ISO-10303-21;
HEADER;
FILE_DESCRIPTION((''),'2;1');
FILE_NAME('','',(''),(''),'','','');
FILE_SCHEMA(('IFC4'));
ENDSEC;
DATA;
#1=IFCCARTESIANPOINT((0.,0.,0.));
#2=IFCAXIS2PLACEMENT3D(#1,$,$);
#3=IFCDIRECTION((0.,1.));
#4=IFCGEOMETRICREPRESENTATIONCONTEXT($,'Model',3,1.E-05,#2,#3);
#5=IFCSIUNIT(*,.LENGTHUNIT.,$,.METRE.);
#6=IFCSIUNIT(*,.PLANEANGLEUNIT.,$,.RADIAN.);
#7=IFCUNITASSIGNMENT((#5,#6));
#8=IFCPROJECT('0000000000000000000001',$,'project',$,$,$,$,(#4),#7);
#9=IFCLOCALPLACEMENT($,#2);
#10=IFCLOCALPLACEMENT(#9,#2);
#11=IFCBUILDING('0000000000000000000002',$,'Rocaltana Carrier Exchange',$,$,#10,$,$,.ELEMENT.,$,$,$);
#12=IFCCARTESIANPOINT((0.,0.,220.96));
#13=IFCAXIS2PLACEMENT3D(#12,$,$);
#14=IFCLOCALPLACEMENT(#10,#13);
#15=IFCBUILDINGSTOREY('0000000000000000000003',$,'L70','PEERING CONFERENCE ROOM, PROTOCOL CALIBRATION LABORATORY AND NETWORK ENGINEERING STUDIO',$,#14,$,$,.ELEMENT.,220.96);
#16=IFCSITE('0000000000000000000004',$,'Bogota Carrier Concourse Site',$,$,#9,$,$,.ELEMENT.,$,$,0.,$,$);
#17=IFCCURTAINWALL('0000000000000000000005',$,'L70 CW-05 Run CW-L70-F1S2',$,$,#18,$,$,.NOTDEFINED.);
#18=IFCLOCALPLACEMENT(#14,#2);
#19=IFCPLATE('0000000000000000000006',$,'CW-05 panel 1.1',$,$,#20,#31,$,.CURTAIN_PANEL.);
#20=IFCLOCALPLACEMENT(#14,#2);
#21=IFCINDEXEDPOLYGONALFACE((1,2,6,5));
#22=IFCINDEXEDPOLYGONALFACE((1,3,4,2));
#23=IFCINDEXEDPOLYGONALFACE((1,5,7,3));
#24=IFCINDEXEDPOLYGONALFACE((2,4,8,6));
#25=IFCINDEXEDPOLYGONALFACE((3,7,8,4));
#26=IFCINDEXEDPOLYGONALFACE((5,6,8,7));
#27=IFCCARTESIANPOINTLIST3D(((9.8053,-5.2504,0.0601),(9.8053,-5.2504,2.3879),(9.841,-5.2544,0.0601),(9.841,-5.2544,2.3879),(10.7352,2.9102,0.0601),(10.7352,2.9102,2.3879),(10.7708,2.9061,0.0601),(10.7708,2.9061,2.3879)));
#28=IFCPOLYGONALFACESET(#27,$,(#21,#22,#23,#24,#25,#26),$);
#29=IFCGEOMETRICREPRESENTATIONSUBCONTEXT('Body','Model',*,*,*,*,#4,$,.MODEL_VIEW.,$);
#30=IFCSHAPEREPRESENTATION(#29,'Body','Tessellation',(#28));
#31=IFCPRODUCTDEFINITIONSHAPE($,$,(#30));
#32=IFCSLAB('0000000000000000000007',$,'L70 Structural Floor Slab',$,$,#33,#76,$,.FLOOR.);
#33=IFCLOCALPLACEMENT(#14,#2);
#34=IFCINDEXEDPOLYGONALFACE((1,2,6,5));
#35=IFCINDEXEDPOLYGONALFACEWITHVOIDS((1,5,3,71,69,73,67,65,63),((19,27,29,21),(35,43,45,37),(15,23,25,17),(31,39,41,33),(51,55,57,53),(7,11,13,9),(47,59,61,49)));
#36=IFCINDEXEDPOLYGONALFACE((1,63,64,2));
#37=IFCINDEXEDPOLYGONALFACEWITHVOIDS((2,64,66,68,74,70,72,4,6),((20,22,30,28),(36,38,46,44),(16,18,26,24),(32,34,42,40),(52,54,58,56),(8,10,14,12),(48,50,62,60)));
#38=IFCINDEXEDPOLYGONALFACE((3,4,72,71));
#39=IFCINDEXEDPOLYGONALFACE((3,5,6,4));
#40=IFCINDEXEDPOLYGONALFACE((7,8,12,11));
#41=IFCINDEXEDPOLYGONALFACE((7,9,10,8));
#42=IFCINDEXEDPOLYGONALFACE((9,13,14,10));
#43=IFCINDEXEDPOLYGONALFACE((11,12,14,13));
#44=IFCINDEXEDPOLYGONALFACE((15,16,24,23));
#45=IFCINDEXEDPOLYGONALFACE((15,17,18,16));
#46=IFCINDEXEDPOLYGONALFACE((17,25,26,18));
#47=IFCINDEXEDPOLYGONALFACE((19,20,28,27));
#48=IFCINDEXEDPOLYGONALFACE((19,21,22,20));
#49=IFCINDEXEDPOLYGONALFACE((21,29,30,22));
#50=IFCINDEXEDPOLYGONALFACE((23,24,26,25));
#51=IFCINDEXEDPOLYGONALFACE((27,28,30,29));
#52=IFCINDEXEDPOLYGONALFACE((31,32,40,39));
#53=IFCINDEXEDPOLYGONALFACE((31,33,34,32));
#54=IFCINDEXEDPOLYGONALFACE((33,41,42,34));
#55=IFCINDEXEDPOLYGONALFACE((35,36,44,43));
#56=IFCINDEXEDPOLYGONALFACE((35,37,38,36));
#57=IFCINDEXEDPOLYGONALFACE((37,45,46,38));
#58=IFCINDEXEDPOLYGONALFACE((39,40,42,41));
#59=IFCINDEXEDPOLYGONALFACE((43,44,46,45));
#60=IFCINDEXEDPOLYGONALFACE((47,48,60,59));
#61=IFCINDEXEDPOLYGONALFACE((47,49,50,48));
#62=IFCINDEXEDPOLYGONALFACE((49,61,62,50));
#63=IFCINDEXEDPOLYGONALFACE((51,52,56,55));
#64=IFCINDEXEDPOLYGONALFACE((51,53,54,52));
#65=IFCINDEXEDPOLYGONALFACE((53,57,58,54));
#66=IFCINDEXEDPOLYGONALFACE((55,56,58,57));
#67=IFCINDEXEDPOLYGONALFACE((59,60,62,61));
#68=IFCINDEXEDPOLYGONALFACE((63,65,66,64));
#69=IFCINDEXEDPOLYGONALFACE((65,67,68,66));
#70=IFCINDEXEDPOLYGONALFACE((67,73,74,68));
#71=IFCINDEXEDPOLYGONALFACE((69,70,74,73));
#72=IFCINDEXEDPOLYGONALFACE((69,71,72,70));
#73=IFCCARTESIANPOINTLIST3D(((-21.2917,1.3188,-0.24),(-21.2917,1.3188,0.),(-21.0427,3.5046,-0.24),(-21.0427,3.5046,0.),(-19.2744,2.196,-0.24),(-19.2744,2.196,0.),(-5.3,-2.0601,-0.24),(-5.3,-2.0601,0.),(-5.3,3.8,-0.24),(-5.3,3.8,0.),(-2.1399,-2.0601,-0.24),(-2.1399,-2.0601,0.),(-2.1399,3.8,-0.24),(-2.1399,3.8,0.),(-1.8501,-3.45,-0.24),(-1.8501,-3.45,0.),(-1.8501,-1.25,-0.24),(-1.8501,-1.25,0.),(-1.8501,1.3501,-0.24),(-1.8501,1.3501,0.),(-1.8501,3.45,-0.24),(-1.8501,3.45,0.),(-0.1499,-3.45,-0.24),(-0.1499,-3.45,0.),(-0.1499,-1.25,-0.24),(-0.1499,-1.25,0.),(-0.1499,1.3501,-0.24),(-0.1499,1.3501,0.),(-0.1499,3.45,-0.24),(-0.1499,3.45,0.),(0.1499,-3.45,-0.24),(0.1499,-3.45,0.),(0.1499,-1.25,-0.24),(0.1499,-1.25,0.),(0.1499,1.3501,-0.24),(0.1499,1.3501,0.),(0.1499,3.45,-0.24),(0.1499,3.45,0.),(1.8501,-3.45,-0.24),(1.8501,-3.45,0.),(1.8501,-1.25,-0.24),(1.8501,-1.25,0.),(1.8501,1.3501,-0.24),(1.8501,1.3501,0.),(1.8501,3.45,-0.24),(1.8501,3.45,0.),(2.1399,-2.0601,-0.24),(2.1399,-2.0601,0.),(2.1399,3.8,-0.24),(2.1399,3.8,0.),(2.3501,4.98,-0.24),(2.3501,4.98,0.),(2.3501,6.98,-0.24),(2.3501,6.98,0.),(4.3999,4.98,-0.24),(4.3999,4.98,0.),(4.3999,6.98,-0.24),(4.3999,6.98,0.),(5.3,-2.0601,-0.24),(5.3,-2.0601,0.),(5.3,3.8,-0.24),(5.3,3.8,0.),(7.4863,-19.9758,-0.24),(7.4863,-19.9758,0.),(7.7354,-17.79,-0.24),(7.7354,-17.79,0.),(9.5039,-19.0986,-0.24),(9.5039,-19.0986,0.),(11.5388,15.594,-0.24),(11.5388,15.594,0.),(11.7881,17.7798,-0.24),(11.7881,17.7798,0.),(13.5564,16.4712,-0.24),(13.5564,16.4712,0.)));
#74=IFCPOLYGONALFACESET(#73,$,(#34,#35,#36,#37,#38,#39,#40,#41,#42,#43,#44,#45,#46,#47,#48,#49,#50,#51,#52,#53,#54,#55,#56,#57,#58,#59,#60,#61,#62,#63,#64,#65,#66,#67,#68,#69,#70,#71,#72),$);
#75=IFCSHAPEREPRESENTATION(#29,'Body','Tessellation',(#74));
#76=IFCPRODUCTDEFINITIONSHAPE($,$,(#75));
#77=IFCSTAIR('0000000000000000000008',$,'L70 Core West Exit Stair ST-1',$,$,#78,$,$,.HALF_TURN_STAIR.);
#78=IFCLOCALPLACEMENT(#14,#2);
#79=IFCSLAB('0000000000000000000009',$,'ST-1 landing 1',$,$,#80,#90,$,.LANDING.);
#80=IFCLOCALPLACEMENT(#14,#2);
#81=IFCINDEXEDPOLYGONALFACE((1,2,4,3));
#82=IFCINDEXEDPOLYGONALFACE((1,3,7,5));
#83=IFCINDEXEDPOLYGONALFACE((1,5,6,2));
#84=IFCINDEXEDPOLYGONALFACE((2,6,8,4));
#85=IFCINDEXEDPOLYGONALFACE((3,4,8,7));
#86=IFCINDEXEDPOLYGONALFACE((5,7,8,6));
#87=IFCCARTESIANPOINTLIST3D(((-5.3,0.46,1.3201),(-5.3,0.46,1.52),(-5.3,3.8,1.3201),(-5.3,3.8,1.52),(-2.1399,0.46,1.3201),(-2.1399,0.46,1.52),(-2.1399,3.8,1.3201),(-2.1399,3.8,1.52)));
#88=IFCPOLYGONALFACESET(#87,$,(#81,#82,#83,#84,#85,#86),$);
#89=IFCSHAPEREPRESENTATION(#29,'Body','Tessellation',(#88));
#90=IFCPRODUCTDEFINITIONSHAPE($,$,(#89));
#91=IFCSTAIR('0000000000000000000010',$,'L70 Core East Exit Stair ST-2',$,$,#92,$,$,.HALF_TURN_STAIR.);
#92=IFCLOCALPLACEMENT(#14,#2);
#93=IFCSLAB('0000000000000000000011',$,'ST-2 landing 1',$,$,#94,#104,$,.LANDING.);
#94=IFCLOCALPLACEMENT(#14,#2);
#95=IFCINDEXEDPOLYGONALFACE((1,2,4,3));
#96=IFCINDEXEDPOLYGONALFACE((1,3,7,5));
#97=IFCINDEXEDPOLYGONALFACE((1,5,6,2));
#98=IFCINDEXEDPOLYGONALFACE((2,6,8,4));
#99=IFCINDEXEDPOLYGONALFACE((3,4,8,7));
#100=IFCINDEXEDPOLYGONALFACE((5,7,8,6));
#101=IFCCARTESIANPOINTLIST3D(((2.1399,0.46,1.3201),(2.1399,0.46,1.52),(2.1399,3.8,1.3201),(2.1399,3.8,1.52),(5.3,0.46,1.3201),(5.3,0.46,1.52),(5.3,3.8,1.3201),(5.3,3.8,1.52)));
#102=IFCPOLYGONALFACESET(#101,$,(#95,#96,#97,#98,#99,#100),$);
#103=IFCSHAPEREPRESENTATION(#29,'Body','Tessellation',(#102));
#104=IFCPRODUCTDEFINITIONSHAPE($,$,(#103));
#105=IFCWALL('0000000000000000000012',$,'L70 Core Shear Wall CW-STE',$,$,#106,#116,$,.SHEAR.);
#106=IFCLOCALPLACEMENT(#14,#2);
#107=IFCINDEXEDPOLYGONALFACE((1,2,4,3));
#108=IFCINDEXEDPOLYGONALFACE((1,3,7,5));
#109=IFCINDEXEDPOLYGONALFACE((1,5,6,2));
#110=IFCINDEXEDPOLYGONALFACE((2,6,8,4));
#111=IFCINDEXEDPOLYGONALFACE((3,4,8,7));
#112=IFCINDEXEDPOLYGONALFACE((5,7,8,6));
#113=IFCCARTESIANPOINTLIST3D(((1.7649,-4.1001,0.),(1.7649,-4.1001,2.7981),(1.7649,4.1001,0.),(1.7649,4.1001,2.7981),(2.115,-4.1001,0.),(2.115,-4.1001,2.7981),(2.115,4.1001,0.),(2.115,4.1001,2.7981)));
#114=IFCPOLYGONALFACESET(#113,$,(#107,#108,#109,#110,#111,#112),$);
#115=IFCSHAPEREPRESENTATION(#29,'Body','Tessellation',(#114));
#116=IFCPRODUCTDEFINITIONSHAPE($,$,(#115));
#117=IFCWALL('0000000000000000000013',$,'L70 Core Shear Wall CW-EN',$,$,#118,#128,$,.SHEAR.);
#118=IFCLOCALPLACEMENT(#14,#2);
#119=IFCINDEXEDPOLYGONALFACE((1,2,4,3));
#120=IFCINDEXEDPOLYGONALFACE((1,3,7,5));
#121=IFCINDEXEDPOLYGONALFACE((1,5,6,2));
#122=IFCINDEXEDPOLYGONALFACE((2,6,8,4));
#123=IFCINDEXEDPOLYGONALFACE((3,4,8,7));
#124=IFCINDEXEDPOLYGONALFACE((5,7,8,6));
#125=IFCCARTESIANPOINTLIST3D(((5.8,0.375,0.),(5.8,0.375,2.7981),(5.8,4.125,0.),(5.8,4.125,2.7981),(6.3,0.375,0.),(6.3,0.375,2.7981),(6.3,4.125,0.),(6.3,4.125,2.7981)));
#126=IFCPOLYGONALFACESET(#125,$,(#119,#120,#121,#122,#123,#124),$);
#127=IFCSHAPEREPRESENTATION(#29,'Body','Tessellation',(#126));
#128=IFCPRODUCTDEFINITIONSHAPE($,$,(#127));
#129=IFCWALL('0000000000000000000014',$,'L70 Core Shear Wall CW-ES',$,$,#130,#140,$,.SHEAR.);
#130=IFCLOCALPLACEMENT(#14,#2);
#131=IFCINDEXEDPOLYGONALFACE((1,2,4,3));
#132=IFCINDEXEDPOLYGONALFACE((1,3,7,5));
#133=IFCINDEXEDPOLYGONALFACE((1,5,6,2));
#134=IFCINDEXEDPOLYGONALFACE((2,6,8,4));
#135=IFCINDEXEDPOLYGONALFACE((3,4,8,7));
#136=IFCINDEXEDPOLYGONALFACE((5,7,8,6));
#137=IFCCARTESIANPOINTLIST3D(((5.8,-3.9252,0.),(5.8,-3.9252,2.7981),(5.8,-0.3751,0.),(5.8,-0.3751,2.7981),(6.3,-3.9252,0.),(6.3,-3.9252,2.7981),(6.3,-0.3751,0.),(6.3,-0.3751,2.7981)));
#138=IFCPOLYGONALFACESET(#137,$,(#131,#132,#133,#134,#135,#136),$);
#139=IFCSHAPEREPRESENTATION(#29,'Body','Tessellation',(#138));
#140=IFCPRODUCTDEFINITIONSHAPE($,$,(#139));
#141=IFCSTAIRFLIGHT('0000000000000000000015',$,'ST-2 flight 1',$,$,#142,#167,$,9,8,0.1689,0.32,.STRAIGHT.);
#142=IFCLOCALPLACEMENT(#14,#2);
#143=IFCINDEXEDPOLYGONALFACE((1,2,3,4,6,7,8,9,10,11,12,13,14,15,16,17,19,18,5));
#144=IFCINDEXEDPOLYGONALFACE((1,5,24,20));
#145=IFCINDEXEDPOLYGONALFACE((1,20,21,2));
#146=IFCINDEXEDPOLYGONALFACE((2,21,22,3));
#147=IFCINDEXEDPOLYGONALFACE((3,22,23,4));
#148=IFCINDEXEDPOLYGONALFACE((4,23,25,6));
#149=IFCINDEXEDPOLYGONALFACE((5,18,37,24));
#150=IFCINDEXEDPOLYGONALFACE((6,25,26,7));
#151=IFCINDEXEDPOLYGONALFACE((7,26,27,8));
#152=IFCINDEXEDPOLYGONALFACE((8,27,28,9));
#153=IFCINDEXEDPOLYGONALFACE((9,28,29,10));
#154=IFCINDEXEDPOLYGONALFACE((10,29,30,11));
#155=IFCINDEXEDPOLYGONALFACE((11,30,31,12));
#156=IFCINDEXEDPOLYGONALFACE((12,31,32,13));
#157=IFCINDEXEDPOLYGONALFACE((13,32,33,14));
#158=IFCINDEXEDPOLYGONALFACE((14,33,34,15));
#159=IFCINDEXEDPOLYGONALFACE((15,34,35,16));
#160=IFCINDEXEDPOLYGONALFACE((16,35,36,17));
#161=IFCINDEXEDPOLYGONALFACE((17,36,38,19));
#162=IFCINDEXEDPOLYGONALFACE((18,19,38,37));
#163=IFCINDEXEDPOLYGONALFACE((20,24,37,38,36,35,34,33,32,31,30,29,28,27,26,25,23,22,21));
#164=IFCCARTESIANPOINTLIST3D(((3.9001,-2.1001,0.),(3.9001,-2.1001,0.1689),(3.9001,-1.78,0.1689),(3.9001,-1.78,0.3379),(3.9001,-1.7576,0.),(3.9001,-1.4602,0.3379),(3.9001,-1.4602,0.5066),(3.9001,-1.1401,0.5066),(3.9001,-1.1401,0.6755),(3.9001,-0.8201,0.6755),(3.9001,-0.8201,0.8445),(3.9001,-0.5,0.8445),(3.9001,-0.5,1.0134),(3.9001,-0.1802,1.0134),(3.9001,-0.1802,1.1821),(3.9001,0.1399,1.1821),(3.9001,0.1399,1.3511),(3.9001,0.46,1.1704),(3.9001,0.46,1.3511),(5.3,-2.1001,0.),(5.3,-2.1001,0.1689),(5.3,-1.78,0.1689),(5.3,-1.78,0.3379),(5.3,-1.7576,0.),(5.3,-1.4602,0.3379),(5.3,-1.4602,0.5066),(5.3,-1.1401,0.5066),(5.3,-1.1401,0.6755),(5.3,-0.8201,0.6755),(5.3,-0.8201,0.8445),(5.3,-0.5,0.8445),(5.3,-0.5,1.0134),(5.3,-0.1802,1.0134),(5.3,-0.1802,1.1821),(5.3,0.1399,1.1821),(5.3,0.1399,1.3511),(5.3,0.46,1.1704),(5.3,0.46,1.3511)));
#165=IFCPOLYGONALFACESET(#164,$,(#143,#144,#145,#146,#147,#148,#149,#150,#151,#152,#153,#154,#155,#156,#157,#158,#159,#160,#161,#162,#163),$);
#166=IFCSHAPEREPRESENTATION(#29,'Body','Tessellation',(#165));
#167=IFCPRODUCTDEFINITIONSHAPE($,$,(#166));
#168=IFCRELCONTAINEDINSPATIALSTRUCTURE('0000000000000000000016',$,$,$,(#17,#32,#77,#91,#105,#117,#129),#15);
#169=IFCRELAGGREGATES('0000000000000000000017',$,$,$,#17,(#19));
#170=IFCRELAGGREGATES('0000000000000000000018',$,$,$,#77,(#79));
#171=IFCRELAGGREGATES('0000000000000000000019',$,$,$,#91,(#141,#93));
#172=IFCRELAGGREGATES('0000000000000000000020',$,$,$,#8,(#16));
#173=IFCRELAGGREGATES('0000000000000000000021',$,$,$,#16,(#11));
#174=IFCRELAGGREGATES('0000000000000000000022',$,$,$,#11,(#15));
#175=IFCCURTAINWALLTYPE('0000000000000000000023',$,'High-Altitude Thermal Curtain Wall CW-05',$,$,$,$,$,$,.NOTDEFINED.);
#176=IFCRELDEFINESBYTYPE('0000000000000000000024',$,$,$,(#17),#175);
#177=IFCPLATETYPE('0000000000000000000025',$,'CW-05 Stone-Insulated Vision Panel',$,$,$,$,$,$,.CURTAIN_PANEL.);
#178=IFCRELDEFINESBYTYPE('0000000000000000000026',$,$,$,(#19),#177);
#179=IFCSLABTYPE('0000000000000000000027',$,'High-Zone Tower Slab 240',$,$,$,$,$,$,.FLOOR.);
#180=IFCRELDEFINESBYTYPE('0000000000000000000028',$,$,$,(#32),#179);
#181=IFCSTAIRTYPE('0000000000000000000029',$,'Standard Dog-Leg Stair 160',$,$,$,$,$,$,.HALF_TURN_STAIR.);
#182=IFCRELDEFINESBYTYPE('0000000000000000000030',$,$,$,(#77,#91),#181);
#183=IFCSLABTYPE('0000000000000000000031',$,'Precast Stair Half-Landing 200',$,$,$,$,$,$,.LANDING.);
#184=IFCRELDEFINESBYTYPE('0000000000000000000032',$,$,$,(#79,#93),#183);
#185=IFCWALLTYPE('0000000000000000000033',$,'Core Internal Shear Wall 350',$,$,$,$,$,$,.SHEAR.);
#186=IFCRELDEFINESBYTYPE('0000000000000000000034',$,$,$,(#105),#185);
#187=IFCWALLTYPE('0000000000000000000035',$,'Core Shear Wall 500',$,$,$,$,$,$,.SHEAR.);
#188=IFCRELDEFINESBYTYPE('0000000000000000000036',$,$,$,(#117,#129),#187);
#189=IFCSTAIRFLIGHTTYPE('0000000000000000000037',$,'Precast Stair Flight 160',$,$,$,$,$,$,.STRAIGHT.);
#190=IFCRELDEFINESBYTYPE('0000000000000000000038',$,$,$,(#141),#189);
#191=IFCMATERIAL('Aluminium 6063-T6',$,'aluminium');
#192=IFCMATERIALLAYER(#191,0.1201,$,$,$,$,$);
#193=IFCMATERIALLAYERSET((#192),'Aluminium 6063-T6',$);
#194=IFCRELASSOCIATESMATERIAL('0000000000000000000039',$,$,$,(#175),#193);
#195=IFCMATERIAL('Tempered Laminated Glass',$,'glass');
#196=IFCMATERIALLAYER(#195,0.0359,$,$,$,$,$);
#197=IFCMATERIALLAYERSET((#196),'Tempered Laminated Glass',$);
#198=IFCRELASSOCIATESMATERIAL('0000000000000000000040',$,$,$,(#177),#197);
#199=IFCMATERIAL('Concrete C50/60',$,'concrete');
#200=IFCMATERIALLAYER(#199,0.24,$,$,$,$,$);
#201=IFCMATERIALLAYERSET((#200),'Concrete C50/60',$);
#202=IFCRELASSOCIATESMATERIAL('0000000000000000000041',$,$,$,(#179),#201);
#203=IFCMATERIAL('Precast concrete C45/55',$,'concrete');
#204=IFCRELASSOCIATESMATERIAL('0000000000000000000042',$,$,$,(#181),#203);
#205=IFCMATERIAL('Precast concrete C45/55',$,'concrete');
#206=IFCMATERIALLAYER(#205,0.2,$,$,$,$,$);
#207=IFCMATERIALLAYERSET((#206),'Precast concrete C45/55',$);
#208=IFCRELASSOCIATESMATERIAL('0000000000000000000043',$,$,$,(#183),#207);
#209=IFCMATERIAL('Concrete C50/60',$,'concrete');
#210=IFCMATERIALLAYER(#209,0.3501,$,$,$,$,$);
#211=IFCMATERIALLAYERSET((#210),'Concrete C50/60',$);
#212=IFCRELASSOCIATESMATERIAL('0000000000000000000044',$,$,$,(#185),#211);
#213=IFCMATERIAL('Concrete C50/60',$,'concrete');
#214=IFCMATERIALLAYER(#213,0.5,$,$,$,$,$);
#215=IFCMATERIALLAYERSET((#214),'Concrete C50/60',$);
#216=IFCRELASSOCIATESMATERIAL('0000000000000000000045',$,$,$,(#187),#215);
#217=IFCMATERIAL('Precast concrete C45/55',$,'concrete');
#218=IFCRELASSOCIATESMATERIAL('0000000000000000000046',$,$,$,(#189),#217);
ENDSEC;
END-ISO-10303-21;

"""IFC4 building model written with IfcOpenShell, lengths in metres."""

from ifc_helpers import new_model, si_unit, direction, frame, frame_2d, origin, origin_2d, place, context, subcontext, project, spatial, polyline, rectangle, outline, extrude, material, layer, layer_set, type_object, element, aggregate, save


model = new_model("IFC4")

# Units and contexts
model_context = context("Model", 3, precision=1e-05, world=origin(), true_north=direction((0.0, 1.0)))
body_context = subcontext(model_context, "Body", "Model", "MODEL_VIEW")
ifc_project = project(units=[si_unit("LENGTHUNIT", "METRE"), si_unit("PLANEANGLEUNIT", "RADIAN")], contexts=[model_context])

# Site, building, storey
site_placement = place(None, origin())
site = spatial("IfcSite", under=ifc_project, at=site_placement, Name="Bogota Carrier Concourse Site", CompositionType="ELEMENT", RefElevation=0.0)
building_placement = place(site_placement, origin())
building = spatial("IfcBuilding", under=site, at=building_placement, Name="Rocaltana Carrier Exchange", CompositionType="ELEMENT")
storey_placement = place(building_placement, frame((0.0, 0.0, 220.96)))
storey = spatial("IfcBuildingStorey", under=building, at=storey_placement, Name="L70", Description="PEERING CONFERENCE ROOM, PROTOCOL CALIBRATION LABORATORY AND NETWORK ENGINEERING STUDIO", CompositionType="ELEMENT", Elevation=220.96)

# Curtain wall
ifc_material_1 = material(Name="Aluminium 6063-T6", Category="aluminium")
ifc_layer_1 = layer(ifc_material_1, 0.1201)
ifc_layer_set_1 = layer_set([ifc_layer_1], Name="Aluminium 6063-T6")
curtain_wall_type = type_object("IfcCurtainWallType", Name="High-Altitude Thermal Curtain Wall CW-05", PredefinedType="NOTDEFINED", material=ifc_layer_set_1)
curtain_wall_placement = place(storey_placement, origin())
curtain_wall = element("IfcCurtainWall", 1, at=curtain_wall_placement, inside=storey, type_object=curtain_wall_type, Name="L70 CW-05 Run CW-L70-F1S2", PredefinedType="NOTDEFINED")

# Plate
ifc_material_2 = material(Name="Tempered Laminated Glass", Category="glass")
ifc_layer_2 = layer(ifc_material_2, 0.0359)
ifc_layer_set_2 = layer_set([ifc_layer_2], Name="Tempered Laminated Glass")
plate_type = type_object("IfcPlateType", Name="CW-05 Stone-Insulated Vision Panel", PredefinedType="CURTAIN_PANEL", material=ifc_layer_set_2)
plate_placement = place(storey_placement, frame((10.2881, -1.1721, 0.0601), z_axis=(0.0, 0.0, 1.0), x_axis=(0.113209, 0.993571, 0.0)))
plate = element("IfcPlate", 2, at=plate_placement, type_object=plate_type, Name="CW-05 panel 1.1", PredefinedType="CURTAIN_PANEL", context=body_context, shape_type="SweptSolid", body=[
    extrude(rectangle(XDim=8.2134, YDim=0.0359, at=origin_2d()), origin(), (0.0, 0.0, 1.0), 2.3279),
])
aggregate(curtain_wall, [plate])

# Slab
ifc_material_3 = material(Name="Concrete C50/60", Category="concrete")
ifc_layer_3 = layer(ifc_material_3, 0.24)
ifc_layer_set_3 = layer_set([ifc_layer_3], Name="Concrete C50/60")
slab_type_1 = type_object("IfcSlabType", Name="High-Zone Tower Slab 240", PredefinedType="FLOOR", material=ifc_layer_set_3)
slab_1_placement = place(storey_placement, frame((0.0, 0.0, -0.24)))
element("IfcSlab", 3, at=slab_1_placement, inside=storey, type_object=slab_type_1, Name="L70 Structural Floor Slab", PredefinedType="FLOOR", context=body_context, shape_type="SweptSolid", body=[
    extrude(outline(polyline([(7.4863, -19.9758), (7.7354, -17.79), (9.5039, -19.0986), (13.5564, 16.4712), (11.5388, 15.594), (11.7881, 17.7798), (-21.0427, 3.5046), (-19.2744, 2.196), (-21.2917, 1.3188), (7.4863, -19.9758)]), holes=[polyline([(-5.3, -2.0601), (-2.1399, -2.0601), (-2.1399, 3.8), (-5.3, 3.8), (-5.3, -2.0601)]), polyline([(2.1399, -2.0601), (5.3, -2.0601), (5.3, 3.8), (2.1399, 3.8), (2.1399, -2.0601)]), polyline([(-1.8501, -3.45), (-0.1499, -3.45), (-0.1499, -1.25), (-1.8501, -1.25), (-1.8501, -3.45)]), polyline([(0.1499, -3.45), (1.8501, -3.45), (1.8501, -1.25), (0.1499, -1.25), (0.1499, -3.45)]), polyline([(2.3501, 4.98), (4.3999, 4.98), (4.3999, 6.98), (2.3501, 6.98), (2.3501, 4.98)]), polyline([(-1.8501, 1.3501), (-0.1499, 1.3501), (-0.1499, 3.45), (-1.8501, 3.45), (-1.8501, 1.3501)]), polyline([(0.1499, 1.3501), (1.8501, 1.3501), (1.8501, 3.45), (0.1499, 3.45), (0.1499, 1.3501)])]), origin(), (0.0, 0.0, 1.0), 0.24),
])

# Stairs, slabs
ifc_material_4 = material(Name="Precast concrete C45/55", Category="concrete")
stair_type = type_object("IfcStairType", Name="Standard Dog-Leg Stair 160", PredefinedType="HALF_TURN_STAIR", material=ifc_material_4)
stair_1_placement = place(storey_placement, origin())
stair_1 = element("IfcStair", 4, at=stair_1_placement, inside=storey, type_object=stair_type, Name="L70 Core West Exit Stair ST-1", PredefinedType="HALF_TURN_STAIR")
ifc_material_5 = material(Name="Precast concrete C45/55", Category="concrete")
ifc_layer_4 = layer(ifc_material_5, 0.2)
ifc_layer_set_4 = layer_set([ifc_layer_4], Name="Precast concrete C45/55")
slab_type_2 = type_object("IfcSlabType", Name="Precast Stair Half-Landing 200", PredefinedType="LANDING", material=ifc_layer_set_4)
slab_2_placement = place(storey_placement, frame((0.0, 0.0, 1.3201)))
slab_2 = element("IfcSlab", 5, at=slab_2_placement, type_object=slab_type_2, Name="ST-1 landing 1", PredefinedType="LANDING", context=body_context, shape_type="SweptSolid", body=[
    extrude(outline(polyline([(-2.1399, 0.46), (-2.1399, 3.8), (-5.3, 3.8), (-5.3, 0.46), (-2.1399, 0.46)])), origin(), (0.0, 0.0, 1.0), 0.2),
])
aggregate(stair_1, [slab_2])
stair_2_placement = place(storey_placement, origin())
stair_2 = element("IfcStair", 6, at=stair_2_placement, inside=storey, type_object=stair_type, Name="L70 Core East Exit Stair ST-2", PredefinedType="HALF_TURN_STAIR")
slab_3_placement = place(storey_placement, frame((0.0, 0.0, 1.3201)))
slab_3 = element("IfcSlab", 7, at=slab_3_placement, type_object=slab_type_2, Name="ST-2 landing 1", PredefinedType="LANDING", context=body_context, shape_type="SweptSolid", body=[
    extrude(outline(polyline([(5.3, 0.46), (5.3, 3.8), (2.1399, 3.8), (2.1399, 0.46), (5.3, 0.46)])), origin(), (0.0, 0.0, 1.0), 0.2),
])

# Walls
ifc_material_6 = material(Name="Concrete C50/60", Category="concrete")
ifc_layer_5 = layer(ifc_material_6, 0.3501)
ifc_layer_set_5 = layer_set([ifc_layer_5], Name="Concrete C50/60")
wall_type_1 = type_object("IfcWallType", Name="Core Internal Shear Wall 350", PredefinedType="SHEAR", material=ifc_layer_set_5)
wall_1_placement = place(storey_placement, frame((1.9399, -4.1001, 0.0), z_axis=(0.0, 0.0, 1.0), x_axis=(0.0, 1.0, 0.0)))
element("IfcWall", 8, at=wall_1_placement, inside=storey, type_object=wall_type_1, Name="L70 Core Shear Wall CW-STE", PredefinedType="SHEAR", context=body_context, shape_type="SweptSolid", body=[
    extrude(rectangle(XDim=8.2002, YDim=0.3501, at=frame_2d((4.1001, 0.0))), origin(), (0.0, 0.0, 1.0), 2.7981),
])
ifc_material_7 = material(Name="Concrete C50/60", Category="concrete")
ifc_layer_6 = layer(ifc_material_7, 0.5)
ifc_layer_set_6 = layer_set([ifc_layer_6], Name="Concrete C50/60")
wall_type_2 = type_object("IfcWallType", Name="Core Shear Wall 500", PredefinedType="SHEAR", material=ifc_layer_set_6)
wall_2_placement = place(storey_placement, frame((6.05, 0.375, 0.0), z_axis=(0.0, 0.0, 1.0), x_axis=(0.0, 1.0, 0.0)))
element("IfcWall", 9, at=wall_2_placement, inside=storey, type_object=wall_type_2, Name="L70 Core Shear Wall CW-EN", PredefinedType="SHEAR", context=body_context, shape_type="SweptSolid", body=[
    extrude(rectangle(XDim=3.75, YDim=0.5, at=frame_2d((1.875, 0.0))), origin(), (0.0, 0.0, 1.0), 2.7981),
])
wall_3_placement = place(storey_placement, frame((6.05, -3.925, 0.0), z_axis=(0.0, 0.0, 1.0), x_axis=(0.0, 1.0, 0.0)))
element("IfcWall", 10, at=wall_3_placement, inside=storey, type_object=wall_type_2, Name="L70 Core Shear Wall CW-ES", PredefinedType="SHEAR", context=body_context, shape_type="SweptSolid", body=[
    extrude(rectangle(XDim=3.55, YDim=0.5, at=frame_2d((1.7749, 0.0))), origin(), (0.0, 0.0, 1.0), 2.7981),
])

# Stair flight
ifc_material_8 = material(Name="Precast concrete C45/55", Category="concrete")
stair_flight_type = type_object("IfcStairFlightType", Name="Precast Stair Flight 160", PredefinedType="STRAIGHT", material=ifc_material_8)
stair_flight_placement = place(storey_placement, frame((4.6001, -2.1001, 0.0), z_axis=(0.0, 0.0, 1.0), x_axis=(0.0, 1.0, 0.0)))
stair_flight = element("IfcStairFlight", 11, at=stair_flight_placement, type_object=stair_flight_type, Name="ST-2 flight 1", NumberOfRisers=9, NumberOfTreads=8, PredefinedType="STRAIGHT", RiserHeight=0.1689, TreadLength=0.32, context=body_context, shape_type="SweptSolid", body=[
    extrude(outline(polyline([(0.0, 0.0), (0.0, 0.1689), (0.3201, 0.1689), (0.3201, 0.3379), (0.6399, 0.3379), (0.6399, 0.5066), (0.96, 0.5066), (0.96, 0.6755), (1.28, 0.6755), (1.28, 0.8445), (1.6001, 0.8445), (1.6001, 1.0134), (1.9199, 1.0134), (1.9199, 1.1821), (2.24, 1.1821), (2.24, 1.3511), (2.5601, 1.3511), (2.5601, 1.52), (2.5601, 1.1704), (0.3425, 0.0), (0.0, 0.0)])), frame((0.0, 0.7, 0.0), z_axis=(0.0, -1.0, 0.0), x_axis=(1.0, 0.0, 0.0)), (0.0, 0.0, 1.0), 1.3999),
])
aggregate(stair_2, [stair_flight, slab_3])

save(model, "model.ifc")
